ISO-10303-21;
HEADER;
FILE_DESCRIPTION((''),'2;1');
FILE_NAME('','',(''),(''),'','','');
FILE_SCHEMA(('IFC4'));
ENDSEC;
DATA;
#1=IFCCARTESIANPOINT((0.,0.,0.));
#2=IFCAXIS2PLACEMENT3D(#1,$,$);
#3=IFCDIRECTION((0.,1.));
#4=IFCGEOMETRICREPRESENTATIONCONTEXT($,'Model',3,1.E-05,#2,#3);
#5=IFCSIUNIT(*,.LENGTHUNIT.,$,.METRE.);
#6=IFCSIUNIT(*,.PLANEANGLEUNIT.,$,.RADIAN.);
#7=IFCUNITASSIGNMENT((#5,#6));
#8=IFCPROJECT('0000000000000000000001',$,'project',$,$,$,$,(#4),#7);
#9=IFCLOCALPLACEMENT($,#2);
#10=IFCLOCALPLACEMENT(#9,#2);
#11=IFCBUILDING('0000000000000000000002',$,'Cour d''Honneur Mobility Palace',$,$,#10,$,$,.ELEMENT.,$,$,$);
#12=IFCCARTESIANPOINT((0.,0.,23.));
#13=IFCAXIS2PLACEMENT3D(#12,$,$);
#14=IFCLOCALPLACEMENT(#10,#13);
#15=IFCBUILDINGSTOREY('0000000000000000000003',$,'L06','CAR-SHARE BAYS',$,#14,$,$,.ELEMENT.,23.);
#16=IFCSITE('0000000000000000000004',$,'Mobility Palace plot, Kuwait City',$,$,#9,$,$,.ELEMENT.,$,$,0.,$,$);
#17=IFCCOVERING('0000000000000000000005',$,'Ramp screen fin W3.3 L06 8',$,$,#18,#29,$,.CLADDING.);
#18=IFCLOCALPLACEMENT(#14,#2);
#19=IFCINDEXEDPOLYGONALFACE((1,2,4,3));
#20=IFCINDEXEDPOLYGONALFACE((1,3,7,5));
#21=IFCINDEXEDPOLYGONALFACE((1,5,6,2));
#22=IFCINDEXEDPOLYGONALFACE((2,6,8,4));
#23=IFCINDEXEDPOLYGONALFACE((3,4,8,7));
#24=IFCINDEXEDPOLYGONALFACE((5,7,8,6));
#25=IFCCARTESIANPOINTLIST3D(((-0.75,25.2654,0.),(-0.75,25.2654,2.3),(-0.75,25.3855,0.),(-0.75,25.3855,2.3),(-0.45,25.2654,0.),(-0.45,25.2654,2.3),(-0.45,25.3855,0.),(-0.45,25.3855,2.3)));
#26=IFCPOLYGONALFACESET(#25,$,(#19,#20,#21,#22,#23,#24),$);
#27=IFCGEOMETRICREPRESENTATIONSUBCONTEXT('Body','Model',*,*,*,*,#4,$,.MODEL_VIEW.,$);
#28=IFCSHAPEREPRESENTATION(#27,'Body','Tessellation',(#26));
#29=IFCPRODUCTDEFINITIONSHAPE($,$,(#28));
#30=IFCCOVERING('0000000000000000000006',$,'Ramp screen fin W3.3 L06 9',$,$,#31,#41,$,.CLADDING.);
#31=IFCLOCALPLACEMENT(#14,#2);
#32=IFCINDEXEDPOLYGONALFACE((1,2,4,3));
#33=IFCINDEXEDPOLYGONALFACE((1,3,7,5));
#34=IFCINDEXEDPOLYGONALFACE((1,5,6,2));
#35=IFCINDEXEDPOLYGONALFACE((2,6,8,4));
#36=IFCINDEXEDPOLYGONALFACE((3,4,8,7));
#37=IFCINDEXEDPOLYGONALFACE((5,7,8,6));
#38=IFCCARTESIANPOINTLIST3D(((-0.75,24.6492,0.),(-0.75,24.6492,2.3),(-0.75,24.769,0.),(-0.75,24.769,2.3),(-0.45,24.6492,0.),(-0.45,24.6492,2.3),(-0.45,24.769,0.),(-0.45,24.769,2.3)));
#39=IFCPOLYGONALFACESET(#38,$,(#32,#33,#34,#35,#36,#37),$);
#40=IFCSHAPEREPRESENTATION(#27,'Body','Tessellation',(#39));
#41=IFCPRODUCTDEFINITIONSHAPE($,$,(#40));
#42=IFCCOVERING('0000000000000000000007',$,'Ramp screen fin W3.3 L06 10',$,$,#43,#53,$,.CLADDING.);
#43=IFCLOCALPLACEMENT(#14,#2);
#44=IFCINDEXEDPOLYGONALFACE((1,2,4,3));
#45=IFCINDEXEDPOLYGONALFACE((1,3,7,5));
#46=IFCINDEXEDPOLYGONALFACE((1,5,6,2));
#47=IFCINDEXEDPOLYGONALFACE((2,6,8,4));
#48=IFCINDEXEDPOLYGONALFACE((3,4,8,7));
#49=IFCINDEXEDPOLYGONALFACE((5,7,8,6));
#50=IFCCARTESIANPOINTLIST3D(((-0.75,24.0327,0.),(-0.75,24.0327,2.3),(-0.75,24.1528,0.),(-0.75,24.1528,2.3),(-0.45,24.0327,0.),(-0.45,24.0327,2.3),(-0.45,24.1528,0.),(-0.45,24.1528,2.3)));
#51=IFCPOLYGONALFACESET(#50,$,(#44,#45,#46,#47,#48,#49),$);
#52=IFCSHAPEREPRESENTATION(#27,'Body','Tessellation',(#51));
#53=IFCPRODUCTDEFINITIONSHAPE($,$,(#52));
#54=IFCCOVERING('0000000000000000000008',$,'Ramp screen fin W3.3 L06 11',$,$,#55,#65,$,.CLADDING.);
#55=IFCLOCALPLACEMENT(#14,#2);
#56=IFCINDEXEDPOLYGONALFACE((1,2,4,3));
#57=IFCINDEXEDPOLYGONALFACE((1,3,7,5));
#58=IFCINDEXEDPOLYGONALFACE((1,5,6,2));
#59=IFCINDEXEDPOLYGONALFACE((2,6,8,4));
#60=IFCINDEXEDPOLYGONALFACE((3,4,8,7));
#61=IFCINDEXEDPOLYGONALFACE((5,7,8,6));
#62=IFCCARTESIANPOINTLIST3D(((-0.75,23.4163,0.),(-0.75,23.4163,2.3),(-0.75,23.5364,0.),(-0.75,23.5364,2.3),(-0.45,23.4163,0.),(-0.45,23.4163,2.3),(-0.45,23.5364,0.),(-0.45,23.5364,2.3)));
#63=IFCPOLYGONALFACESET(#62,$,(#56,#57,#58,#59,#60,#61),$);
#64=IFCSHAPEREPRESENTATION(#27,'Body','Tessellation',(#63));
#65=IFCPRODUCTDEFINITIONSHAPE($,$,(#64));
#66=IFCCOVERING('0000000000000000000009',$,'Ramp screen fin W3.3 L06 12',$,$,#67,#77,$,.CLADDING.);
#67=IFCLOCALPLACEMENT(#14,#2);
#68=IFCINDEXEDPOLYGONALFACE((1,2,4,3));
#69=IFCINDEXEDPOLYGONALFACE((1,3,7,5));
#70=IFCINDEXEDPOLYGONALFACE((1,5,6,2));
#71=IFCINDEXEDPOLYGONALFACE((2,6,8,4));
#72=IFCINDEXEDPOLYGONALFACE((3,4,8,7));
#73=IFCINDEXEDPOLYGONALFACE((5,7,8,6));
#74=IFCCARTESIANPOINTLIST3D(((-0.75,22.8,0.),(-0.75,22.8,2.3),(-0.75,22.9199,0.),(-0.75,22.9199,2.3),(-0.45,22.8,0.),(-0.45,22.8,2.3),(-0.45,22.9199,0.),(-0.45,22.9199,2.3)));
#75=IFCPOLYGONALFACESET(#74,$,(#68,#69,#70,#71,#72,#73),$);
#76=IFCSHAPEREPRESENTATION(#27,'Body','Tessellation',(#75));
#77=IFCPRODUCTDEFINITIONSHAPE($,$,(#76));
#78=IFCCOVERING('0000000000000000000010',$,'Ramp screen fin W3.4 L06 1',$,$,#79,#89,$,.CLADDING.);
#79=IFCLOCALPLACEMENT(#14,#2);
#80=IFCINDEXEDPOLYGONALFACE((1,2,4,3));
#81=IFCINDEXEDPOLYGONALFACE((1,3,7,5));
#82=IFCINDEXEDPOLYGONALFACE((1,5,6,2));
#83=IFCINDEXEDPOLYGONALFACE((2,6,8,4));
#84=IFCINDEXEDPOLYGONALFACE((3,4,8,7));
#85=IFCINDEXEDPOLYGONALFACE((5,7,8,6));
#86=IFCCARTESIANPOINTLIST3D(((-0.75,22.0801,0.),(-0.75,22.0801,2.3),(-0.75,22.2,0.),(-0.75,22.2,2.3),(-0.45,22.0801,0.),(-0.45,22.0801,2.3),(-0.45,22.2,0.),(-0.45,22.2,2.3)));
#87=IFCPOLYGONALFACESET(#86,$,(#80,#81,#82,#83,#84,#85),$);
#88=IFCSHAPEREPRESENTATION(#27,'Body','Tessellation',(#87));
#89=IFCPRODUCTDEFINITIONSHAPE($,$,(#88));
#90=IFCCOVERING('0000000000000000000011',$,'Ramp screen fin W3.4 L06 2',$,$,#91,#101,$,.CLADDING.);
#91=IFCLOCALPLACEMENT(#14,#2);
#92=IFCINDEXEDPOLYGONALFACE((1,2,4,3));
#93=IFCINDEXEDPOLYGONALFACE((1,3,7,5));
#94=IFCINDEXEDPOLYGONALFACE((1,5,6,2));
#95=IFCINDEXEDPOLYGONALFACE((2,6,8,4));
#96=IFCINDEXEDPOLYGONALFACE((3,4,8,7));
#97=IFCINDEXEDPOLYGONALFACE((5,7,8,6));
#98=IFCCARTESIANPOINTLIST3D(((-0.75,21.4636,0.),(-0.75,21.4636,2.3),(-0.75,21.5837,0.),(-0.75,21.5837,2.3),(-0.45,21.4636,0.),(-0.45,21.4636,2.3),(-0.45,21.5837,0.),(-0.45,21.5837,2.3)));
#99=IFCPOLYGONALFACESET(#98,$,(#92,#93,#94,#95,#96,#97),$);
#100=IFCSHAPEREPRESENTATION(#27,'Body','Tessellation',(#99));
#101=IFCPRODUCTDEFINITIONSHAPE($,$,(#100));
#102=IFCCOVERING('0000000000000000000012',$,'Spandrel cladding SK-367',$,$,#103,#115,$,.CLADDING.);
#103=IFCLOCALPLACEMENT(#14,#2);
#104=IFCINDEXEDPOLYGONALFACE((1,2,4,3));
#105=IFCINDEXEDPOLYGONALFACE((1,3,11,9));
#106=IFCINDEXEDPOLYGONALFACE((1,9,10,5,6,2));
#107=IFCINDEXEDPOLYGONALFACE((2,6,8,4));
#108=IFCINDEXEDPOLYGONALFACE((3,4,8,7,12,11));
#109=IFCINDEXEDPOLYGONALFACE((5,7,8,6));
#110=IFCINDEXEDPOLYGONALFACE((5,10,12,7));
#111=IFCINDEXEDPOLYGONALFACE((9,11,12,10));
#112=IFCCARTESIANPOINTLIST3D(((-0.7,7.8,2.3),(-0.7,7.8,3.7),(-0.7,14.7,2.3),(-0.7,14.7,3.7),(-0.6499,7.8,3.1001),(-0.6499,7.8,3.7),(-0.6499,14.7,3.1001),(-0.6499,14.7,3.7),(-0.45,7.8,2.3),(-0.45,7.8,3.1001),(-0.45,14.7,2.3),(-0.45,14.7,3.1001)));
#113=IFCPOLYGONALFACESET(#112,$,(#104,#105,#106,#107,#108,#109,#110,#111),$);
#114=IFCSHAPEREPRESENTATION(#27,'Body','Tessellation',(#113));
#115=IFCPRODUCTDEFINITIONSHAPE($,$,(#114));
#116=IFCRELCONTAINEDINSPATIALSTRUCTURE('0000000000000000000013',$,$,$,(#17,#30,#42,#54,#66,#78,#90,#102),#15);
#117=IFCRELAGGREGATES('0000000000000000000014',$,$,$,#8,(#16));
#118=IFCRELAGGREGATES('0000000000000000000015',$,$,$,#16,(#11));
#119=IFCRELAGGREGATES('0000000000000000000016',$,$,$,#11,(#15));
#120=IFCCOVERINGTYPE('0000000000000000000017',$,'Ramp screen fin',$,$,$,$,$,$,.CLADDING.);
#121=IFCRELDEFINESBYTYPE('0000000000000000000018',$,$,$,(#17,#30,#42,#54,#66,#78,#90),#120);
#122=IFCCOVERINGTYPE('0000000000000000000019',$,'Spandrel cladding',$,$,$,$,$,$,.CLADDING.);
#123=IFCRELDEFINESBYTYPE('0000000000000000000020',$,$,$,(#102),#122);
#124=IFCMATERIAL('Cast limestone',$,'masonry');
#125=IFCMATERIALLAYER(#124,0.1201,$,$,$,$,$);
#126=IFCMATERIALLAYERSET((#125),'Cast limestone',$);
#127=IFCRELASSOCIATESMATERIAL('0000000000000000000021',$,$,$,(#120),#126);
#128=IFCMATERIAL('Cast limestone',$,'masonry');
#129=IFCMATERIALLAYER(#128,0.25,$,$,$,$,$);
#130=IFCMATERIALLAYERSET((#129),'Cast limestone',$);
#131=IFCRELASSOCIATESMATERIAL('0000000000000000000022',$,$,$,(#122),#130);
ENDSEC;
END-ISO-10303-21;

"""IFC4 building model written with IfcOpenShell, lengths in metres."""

from ifc_helpers import new_model, si_unit, direction, frame, origin, place, context, subcontext, project, spatial, polyline, outline, extrude, material, layer, layer_set, type_object, element, save


model = new_model("IFC4")

# Units and contexts
model_context = context("Model", 3, precision=1e-05, world=origin(), true_north=direction((0.0, 1.0)))
body_context = subcontext(model_context, "Body", "Model", "MODEL_VIEW")
ifc_project = project(units=[si_unit("LENGTHUNIT", "METRE"), si_unit("PLANEANGLEUNIT", "RADIAN")], contexts=[model_context])

# Site, building, storey
site_placement = place(None, origin())
site = spatial("IfcSite", under=ifc_project, at=site_placement, Name="Mobility Palace plot, Kuwait City", CompositionType="ELEMENT", RefElevation=0.0)
building_placement = place(site_placement, origin())
building = spatial("IfcBuilding", under=site, at=building_placement, Name="Cour d'Honneur Mobility Palace", CompositionType="ELEMENT")
storey_placement = place(building_placement, frame((0.0, 0.0, 23.0)))
storey = spatial("IfcBuildingStorey", under=building, at=storey_placement, Name="L06", Description="CAR-SHARE BAYS", CompositionType="ELEMENT", Elevation=23.0)

# Coverings
ifc_material_1 = material(Name="Cast limestone", Category="masonry")
ifc_layer_1 = layer(ifc_material_1, 0.1201)
ifc_layer_set_1 = layer_set([ifc_layer_1], Name="Cast limestone")
covering_type_1 = type_object("IfcCoveringType", Name="Ramp screen fin", PredefinedType="CLADDING", material=ifc_layer_set_1)
covering_1_placement = place(storey_placement, origin())
element("IfcCovering", 1, at=covering_1_placement, inside=storey, type_object=covering_type_1, Name="Ramp screen fin W3.3 L06 8", PredefinedType="CLADDING", context=body_context, shape_type="SweptSolid", body=[
    extrude(outline(polyline([(-0.45, 25.3855), (-0.45, 25.2654), (-0.75, 25.2654), (-0.75, 25.3855), (-0.45, 25.3855)])), origin(), (0.0, 0.0, 1.0), 2.3),
])
covering_2_placement = place(storey_placement, origin())
element("IfcCovering", 2, at=covering_2_placement, inside=storey, type_object=covering_type_1, Name="Ramp screen fin W3.3 L06 9", PredefinedType="CLADDING", context=body_context, shape_type="SweptSolid", body=[
    extrude(outline(polyline([(-0.45, 24.769), (-0.45, 24.6492), (-0.75, 24.6492), (-0.75, 24.769), (-0.45, 24.769)])), origin(), (0.0, 0.0, 1.0), 2.3),
])
covering_3_placement = place(storey_placement, origin())
element("IfcCovering", 3, at=covering_3_placement, inside=storey, type_object=covering_type_1, Name="Ramp screen fin W3.3 L06 10", PredefinedType="CLADDING", context=body_context, shape_type="SweptSolid", body=[
    extrude(outline(polyline([(-0.45, 24.1528), (-0.45, 24.0327), (-0.75, 24.0327), (-0.75, 24.1528), (-0.45, 24.1528)])), origin(), (0.0, 0.0, 1.0), 2.3),
])
covering_4_placement = place(storey_placement, origin())
element("IfcCovering", 4, at=covering_4_placement, inside=storey, type_object=covering_type_1, Name="Ramp screen fin W3.3 L06 11", PredefinedType="CLADDING", context=body_context, shape_type="SweptSolid", body=[
    extrude(outline(polyline([(-0.45, 23.5364), (-0.45, 23.4163), (-0.75, 23.4163), (-0.75, 23.5364), (-0.45, 23.5364)])), origin(), (0.0, 0.0, 1.0), 2.3),
])
covering_5_placement = place(storey_placement, origin())
element("IfcCovering", 5, at=covering_5_placement, inside=storey, type_object=covering_type_1, Name="Ramp screen fin W3.3 L06 12", PredefinedType="CLADDING", context=body_context, shape_type="SweptSolid", body=[
    extrude(outline(polyline([(-0.45, 22.9199), (-0.45, 22.8), (-0.75, 22.8), (-0.75, 22.9199), (-0.45, 22.9199)])), origin(), (0.0, 0.0, 1.0), 2.3),
])
covering_6_placement = place(storey_placement, origin())
element("IfcCovering", 6, at=covering_6_placement, inside=storey, type_object=covering_type_1, Name="Ramp screen fin W3.4 L06 1", PredefinedType="CLADDING", context=body_context, shape_type="SweptSolid", body=[
    extrude(outline(polyline([(-0.45, 22.2), (-0.45, 22.0801), (-0.75, 22.0801), (-0.75, 22.2), (-0.45, 22.2)])), origin(), (0.0, 0.0, 1.0), 2.3),
])
covering_7_placement = place(storey_placement, origin())
element("IfcCovering", 7, at=covering_7_placement, inside=storey, type_object=covering_type_1, Name="Ramp screen fin W3.4 L06 2", PredefinedType="CLADDING", context=body_context, shape_type="SweptSolid", body=[
    extrude(outline(polyline([(-0.45, 21.5837), (-0.45, 21.4636), (-0.75, 21.4636), (-0.75, 21.5837), (-0.45, 21.5837)])), origin(), (0.0, 0.0, 1.0), 2.3),
])
ifc_material_2 = material(Name="Cast limestone", Category="masonry")
ifc_layer_2 = layer(ifc_material_2, 0.25)
ifc_layer_set_2 = layer_set([ifc_layer_2], Name="Cast limestone")
covering_type_2 = type_object("IfcCoveringType", Name="Spandrel cladding", PredefinedType="CLADDING", material=ifc_layer_set_2)
covering_8_placement = place(storey_placement, frame((-0.45, 14.7, 2.3), z_axis=(0.0, 1.0, 0.0), x_axis=(-1.0, 0.0, 0.0)))
element("IfcCovering", 8, at=covering_8_placement, inside=storey, type_object=covering_type_2, Name="Spandrel cladding SK-367", PredefinedType="CLADDING", context=body_context, shape_type="SweptSolid", body=[
    extrude(outline(polyline([(0.0, 0.0), (0.25, 0.0), (0.25, 1.3999), (0.2, 1.3999), (0.2, 0.8), (0.0, 0.8), (0.0, 0.0)])), origin(), (0.0, 0.0, -1.0), 6.8999),
])

save(model, "model.ifc")
